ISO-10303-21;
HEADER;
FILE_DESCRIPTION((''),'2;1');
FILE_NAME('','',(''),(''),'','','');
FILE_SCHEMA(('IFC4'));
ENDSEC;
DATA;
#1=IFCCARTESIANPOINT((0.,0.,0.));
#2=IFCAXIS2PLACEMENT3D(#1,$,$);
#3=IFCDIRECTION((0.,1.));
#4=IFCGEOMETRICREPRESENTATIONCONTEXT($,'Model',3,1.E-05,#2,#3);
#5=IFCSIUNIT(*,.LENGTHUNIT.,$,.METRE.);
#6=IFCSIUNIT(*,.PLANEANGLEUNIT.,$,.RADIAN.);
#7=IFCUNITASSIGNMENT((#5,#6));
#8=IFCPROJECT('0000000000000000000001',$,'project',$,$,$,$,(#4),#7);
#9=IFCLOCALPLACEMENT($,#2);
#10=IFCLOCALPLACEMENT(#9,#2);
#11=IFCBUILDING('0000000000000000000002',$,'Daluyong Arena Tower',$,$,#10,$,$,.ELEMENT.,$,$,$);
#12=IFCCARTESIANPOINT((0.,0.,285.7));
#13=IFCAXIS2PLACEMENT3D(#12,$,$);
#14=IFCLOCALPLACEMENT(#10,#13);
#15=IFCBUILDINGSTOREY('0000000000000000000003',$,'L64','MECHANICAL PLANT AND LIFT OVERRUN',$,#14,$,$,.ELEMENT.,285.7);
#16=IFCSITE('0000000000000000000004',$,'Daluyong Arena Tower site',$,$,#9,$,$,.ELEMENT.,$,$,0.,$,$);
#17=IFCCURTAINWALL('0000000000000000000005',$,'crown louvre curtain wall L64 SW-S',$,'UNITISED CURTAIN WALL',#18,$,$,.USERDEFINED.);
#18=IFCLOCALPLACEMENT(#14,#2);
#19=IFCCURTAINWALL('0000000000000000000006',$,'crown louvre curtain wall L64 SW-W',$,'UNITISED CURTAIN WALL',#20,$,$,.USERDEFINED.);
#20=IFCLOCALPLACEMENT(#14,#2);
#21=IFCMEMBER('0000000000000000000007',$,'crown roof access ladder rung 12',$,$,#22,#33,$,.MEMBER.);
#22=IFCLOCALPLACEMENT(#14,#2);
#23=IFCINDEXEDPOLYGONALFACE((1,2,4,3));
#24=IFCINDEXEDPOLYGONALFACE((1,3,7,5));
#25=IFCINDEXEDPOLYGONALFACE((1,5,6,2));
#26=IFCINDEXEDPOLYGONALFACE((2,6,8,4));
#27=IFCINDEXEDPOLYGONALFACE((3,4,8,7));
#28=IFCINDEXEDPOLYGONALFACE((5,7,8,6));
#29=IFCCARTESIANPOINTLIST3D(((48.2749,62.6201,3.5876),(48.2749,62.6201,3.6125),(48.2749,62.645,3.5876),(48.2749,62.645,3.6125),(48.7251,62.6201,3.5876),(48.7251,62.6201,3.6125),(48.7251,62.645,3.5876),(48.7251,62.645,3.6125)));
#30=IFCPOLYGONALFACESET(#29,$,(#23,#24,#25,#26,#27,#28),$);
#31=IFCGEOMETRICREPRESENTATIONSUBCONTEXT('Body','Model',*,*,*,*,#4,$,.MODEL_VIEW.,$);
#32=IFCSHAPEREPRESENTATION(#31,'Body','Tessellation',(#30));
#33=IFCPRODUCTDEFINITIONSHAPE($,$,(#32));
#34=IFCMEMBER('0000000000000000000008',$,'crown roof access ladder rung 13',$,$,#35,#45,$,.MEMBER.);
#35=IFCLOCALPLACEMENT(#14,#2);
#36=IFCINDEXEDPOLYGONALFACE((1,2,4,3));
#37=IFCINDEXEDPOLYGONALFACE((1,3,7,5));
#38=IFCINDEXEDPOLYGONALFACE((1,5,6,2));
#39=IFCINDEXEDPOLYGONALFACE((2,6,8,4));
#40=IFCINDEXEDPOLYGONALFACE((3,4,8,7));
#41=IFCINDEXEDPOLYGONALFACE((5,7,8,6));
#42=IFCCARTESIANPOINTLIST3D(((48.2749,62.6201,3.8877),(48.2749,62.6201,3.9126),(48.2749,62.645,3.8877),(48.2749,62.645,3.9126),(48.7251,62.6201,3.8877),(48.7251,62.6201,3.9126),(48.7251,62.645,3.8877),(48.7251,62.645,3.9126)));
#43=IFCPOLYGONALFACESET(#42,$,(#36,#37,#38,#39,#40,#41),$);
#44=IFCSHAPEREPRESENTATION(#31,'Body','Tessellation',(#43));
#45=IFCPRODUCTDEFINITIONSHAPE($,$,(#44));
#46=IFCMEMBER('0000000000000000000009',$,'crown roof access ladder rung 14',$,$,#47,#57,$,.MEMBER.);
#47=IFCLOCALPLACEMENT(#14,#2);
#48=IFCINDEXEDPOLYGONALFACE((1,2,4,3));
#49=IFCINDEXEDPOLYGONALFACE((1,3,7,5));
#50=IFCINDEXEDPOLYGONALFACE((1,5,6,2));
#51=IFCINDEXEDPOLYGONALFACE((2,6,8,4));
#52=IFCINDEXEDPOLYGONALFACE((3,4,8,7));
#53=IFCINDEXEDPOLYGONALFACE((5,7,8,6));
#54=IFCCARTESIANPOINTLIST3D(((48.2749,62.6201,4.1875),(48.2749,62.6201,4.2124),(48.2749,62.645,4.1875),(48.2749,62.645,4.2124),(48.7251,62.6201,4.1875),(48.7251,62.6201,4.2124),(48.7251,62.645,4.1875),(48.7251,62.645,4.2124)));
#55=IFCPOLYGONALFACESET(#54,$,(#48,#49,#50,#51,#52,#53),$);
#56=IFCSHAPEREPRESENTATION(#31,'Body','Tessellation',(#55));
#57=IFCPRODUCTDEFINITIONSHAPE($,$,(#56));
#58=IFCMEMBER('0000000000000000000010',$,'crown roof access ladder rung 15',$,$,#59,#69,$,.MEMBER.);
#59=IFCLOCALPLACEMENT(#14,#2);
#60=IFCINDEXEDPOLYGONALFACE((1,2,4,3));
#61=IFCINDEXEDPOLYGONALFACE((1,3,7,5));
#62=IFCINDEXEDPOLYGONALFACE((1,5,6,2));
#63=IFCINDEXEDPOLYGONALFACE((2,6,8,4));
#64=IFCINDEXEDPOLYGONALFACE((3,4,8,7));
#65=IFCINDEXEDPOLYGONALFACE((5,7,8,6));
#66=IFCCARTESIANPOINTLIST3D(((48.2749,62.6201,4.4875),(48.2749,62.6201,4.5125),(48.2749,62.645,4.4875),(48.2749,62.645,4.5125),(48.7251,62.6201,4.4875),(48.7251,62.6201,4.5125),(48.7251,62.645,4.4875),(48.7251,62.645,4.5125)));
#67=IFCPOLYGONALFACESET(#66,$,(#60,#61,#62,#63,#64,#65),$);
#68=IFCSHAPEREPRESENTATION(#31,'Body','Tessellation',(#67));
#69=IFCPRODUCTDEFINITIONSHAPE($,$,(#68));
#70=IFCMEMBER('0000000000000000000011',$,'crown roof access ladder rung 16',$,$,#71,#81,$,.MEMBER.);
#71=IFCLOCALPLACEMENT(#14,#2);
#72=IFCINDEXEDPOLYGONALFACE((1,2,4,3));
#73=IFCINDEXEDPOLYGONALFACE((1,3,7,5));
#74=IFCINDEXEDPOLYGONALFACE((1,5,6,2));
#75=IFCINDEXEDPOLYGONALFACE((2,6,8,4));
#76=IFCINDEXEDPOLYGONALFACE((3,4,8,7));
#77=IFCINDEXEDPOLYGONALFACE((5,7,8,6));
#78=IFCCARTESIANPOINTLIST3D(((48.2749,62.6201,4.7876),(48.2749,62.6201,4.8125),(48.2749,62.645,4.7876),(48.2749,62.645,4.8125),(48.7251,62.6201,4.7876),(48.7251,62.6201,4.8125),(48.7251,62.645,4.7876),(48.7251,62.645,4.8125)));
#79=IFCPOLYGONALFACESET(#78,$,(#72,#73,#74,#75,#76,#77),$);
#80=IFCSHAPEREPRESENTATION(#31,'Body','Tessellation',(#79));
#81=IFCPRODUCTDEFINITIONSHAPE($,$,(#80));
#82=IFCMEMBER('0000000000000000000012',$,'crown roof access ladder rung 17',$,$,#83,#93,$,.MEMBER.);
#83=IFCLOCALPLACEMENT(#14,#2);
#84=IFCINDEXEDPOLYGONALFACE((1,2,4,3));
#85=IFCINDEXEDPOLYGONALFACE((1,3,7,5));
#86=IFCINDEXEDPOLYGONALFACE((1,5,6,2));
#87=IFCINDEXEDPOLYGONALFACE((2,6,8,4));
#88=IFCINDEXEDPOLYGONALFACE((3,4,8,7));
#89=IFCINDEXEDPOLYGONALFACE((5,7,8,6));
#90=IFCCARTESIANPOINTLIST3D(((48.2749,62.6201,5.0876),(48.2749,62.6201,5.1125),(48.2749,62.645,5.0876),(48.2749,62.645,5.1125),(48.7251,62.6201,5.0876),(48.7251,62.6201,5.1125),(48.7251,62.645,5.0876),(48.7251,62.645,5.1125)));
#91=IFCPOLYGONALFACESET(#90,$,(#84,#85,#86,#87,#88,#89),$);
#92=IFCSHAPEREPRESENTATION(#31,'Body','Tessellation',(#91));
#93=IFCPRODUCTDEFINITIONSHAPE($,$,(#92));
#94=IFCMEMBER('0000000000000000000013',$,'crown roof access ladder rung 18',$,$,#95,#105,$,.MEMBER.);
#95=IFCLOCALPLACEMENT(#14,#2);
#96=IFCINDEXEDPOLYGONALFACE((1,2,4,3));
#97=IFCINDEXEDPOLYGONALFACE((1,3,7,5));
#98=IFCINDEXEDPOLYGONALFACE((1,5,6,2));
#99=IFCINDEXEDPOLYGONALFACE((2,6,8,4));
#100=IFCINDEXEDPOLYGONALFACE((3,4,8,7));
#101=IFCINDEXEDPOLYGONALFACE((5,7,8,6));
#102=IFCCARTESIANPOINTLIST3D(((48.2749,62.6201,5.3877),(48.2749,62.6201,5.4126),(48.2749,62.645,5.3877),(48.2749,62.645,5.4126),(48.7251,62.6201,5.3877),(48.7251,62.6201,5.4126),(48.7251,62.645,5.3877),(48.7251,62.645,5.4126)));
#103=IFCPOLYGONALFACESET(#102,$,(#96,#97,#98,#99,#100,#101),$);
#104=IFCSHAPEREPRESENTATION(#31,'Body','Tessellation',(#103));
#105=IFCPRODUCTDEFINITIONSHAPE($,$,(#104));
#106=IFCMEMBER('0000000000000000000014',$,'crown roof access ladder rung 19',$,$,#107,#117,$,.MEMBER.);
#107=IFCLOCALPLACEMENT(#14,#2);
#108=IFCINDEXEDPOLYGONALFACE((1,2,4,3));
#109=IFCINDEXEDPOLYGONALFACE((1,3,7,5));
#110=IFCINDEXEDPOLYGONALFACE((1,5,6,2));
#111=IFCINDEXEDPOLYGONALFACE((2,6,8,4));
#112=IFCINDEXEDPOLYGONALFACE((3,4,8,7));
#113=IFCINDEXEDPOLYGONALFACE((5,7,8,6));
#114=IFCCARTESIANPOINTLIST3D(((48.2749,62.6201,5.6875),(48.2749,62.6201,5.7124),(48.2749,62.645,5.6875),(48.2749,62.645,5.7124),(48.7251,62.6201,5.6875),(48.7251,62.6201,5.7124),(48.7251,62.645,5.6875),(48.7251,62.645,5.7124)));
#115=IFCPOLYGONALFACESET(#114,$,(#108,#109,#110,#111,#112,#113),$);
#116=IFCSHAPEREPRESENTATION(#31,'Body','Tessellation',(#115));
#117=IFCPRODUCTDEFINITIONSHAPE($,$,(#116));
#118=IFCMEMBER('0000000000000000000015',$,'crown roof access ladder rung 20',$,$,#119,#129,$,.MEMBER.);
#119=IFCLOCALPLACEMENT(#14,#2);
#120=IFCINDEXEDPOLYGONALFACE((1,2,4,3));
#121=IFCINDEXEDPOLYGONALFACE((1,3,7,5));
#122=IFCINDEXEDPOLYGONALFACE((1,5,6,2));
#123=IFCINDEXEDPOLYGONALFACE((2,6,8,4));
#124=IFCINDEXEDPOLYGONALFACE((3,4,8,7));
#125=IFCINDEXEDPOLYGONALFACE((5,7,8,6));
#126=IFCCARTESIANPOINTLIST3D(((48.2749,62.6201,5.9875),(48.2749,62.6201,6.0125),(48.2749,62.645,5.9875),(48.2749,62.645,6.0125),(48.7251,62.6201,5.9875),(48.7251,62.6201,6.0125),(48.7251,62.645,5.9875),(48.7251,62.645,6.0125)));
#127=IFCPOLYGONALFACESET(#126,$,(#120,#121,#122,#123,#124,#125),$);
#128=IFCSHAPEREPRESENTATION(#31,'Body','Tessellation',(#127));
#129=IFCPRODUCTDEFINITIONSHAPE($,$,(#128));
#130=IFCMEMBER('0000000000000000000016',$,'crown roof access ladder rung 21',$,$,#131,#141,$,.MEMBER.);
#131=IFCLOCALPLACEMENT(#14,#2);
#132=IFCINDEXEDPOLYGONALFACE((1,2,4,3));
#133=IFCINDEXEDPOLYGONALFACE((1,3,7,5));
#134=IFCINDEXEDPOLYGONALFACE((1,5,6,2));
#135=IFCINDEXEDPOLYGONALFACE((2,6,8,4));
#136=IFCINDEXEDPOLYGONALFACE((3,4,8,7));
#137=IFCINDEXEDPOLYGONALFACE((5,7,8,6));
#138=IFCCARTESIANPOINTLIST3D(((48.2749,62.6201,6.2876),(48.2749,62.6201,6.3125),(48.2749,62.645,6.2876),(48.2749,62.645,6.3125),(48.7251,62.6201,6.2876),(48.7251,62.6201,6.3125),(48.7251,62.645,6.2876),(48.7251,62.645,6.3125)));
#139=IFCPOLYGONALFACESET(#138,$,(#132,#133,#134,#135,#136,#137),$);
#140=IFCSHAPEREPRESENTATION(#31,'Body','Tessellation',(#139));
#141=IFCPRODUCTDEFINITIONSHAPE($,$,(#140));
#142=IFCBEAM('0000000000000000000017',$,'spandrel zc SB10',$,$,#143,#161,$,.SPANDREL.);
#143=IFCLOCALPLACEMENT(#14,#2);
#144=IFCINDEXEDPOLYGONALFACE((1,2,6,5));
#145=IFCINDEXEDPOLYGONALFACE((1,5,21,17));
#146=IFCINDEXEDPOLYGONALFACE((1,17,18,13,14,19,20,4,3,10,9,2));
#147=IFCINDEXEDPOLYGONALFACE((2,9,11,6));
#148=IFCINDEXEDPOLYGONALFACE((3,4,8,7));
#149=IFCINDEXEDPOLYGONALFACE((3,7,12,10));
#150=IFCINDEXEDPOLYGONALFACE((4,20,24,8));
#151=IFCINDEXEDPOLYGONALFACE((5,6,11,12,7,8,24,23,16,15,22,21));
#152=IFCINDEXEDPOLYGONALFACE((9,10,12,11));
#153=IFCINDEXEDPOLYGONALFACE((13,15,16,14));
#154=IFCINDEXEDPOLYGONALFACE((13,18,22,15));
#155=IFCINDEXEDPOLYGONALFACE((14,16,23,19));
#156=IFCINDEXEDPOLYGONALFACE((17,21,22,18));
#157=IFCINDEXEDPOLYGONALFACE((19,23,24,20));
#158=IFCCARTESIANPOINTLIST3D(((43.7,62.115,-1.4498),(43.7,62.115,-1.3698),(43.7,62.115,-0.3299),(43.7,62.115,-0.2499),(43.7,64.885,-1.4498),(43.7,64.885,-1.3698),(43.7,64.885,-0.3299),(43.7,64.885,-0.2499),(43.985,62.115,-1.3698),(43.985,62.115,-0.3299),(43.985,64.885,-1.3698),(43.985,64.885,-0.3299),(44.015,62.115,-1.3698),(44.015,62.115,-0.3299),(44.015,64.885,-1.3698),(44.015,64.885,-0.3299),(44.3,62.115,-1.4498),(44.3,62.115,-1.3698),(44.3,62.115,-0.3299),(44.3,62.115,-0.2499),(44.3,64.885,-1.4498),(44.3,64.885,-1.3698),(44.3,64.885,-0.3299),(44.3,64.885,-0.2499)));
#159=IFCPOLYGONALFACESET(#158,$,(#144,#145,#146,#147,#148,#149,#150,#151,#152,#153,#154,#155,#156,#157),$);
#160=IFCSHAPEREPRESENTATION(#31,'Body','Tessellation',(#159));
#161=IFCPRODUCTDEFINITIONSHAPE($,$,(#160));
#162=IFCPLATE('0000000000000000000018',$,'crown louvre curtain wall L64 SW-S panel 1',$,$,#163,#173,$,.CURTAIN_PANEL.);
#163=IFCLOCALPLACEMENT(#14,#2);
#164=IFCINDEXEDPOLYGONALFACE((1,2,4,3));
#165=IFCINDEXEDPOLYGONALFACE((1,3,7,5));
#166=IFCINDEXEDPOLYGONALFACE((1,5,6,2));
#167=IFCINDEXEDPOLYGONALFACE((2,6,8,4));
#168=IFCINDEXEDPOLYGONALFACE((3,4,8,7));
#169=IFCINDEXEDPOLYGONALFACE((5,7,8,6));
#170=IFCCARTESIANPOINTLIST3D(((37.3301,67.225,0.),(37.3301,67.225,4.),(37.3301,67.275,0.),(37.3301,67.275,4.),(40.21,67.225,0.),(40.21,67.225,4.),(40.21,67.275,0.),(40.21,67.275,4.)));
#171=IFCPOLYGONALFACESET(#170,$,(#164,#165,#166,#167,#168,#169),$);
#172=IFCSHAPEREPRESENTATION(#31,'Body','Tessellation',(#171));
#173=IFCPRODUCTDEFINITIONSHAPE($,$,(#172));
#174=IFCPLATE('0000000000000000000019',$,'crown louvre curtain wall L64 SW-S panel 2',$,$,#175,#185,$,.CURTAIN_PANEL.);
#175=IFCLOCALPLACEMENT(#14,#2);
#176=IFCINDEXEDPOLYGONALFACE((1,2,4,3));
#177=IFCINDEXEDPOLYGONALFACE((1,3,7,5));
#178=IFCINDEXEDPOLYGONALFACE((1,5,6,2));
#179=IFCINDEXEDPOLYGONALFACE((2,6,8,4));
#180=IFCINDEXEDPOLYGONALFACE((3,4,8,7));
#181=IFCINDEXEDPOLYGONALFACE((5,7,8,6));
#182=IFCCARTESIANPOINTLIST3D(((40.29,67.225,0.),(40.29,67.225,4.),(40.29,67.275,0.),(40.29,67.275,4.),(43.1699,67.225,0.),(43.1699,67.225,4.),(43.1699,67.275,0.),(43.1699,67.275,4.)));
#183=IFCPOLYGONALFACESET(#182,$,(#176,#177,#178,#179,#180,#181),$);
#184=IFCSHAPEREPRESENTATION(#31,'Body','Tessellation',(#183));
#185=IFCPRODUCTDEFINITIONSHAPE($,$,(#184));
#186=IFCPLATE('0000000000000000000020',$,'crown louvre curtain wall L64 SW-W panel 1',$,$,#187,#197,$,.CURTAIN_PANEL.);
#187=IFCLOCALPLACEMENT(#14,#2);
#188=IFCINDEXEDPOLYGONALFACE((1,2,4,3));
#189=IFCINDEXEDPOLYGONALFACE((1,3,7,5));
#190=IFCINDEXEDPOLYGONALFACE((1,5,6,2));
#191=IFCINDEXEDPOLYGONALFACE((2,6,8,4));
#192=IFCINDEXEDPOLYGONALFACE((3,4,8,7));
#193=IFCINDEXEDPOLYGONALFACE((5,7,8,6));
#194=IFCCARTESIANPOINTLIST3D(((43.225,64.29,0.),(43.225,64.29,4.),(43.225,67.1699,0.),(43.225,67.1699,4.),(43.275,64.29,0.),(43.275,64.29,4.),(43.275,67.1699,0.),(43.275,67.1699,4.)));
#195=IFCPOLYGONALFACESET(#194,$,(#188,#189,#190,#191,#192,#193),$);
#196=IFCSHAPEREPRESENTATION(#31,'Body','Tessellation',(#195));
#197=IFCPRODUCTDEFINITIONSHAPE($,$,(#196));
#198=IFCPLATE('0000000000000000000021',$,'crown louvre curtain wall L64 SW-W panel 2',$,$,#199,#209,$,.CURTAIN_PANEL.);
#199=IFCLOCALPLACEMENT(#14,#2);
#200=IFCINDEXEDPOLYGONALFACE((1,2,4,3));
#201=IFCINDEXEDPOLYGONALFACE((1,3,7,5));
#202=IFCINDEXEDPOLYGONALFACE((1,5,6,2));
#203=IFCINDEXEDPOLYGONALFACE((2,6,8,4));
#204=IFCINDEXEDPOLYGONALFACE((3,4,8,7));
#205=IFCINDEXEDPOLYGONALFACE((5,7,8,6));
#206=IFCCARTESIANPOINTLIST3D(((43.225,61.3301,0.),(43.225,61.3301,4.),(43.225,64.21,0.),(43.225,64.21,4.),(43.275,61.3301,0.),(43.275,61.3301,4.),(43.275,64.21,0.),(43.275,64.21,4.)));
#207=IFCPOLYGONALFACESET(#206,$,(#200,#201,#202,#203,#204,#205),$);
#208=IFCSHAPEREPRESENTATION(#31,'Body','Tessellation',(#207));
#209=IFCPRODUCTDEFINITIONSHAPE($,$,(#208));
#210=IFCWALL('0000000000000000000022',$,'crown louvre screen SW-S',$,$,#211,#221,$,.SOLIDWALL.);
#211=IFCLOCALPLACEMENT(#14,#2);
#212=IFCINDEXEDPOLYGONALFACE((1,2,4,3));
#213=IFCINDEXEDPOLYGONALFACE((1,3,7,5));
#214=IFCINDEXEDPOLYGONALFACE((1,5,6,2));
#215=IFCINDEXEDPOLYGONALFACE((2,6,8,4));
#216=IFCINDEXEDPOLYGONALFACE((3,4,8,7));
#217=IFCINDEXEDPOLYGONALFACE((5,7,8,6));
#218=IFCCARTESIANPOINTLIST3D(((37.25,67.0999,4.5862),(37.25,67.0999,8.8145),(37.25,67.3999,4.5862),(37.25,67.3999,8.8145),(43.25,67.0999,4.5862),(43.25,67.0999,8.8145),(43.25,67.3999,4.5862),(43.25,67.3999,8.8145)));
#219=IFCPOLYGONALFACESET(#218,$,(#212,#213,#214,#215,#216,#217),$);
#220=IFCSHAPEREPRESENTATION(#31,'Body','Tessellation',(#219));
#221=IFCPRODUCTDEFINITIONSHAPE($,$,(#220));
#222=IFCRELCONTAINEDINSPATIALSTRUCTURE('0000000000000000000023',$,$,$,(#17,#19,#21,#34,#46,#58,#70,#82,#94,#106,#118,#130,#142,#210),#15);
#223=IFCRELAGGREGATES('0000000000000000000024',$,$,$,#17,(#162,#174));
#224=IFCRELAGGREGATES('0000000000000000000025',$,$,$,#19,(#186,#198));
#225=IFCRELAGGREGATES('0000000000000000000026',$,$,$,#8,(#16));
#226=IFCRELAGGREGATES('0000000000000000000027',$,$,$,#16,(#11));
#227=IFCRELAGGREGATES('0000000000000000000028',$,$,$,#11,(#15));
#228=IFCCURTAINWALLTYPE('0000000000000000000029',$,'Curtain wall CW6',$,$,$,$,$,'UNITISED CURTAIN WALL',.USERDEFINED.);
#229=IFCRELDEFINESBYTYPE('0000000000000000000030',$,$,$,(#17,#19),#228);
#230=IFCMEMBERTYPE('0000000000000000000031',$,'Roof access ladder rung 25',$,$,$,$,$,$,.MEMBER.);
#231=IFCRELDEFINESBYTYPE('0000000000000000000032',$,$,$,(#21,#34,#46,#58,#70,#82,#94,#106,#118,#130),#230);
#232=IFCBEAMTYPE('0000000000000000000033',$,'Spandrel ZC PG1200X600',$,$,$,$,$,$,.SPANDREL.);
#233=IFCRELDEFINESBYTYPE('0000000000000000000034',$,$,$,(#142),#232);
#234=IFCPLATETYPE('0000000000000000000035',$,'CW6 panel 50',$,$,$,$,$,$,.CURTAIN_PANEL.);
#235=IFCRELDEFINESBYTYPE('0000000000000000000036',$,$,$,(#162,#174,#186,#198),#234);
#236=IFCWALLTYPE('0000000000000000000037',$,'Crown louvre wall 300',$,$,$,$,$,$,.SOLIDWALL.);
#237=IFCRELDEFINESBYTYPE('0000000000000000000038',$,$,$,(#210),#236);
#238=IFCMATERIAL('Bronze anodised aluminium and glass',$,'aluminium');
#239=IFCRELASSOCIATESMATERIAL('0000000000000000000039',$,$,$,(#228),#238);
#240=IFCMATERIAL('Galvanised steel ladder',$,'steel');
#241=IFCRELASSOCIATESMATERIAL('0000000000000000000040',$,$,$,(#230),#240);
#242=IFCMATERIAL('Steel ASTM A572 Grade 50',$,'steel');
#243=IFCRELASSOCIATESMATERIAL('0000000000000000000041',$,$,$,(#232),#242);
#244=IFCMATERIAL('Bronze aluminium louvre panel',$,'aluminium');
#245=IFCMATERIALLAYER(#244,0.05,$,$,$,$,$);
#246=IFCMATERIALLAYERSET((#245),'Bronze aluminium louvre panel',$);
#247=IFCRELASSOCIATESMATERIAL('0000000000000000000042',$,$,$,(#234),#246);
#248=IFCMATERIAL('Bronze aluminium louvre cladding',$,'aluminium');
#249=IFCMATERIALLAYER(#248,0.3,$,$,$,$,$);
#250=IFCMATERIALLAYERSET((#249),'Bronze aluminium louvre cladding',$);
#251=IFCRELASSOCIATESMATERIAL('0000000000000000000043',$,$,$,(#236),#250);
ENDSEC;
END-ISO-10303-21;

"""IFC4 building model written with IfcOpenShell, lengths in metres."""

from ifc_helpers import new_model, si_unit, direction, frame, origin, origin_2d, place, context, subcontext, project, spatial, polyline, rectangle, i_section, outline, extrude, material, layer, layer_set, material_profile, profile_set, type_object, element, aggregate, save


model = new_model("IFC4")

# Units and contexts
model_context = context("Model", 3, precision=1e-05, world=origin(), true_north=direction((0.0, 1.0)))
body_context = subcontext(model_context, "Body", "Model", "MODEL_VIEW")
ifc_project = project(units=[si_unit("LENGTHUNIT", "METRE"), si_unit("PLANEANGLEUNIT", "RADIAN")], contexts=[model_context])

# Site, building, storey
site_placement = place(None, origin())
site = spatial("IfcSite", under=ifc_project, at=site_placement, Name="Daluyong Arena Tower site", CompositionType="ELEMENT", RefElevation=0.0)
building_placement = place(site_placement, origin())
building = spatial("IfcBuilding", under=site, at=building_placement, Name="Daluyong Arena Tower", CompositionType="ELEMENT")
storey_placement = place(building_placement, frame((0.0, 0.0, 285.7)))
storey = spatial("IfcBuildingStorey", under=building, at=storey_placement, Name="L64", Description="MECHANICAL PLANT AND LIFT OVERRUN", CompositionType="ELEMENT", Elevation=285.7)

# Shared definitions
ifc_material_1 = material(Name="Bronze anodised aluminium and glass", Category="aluminium")
curtain_wall_type = type_object("IfcCurtainWallType", Name="Curtain wall CW6", ElementType="UNITISED CURTAIN WALL", PredefinedType="USERDEFINED", material=ifc_material_1)

# Curtain walls
curtain_wall_1_placement = place(storey_placement, origin())
curtain_wall_1 = element("IfcCurtainWall", 1, at=curtain_wall_1_placement, inside=storey, type_object=curtain_wall_type, Name="crown louvre curtain wall L64 SW-S", ObjectType="UNITISED CURTAIN WALL", PredefinedType="USERDEFINED")
curtain_wall_2_placement = place(storey_placement, origin())
curtain_wall_2 = element("IfcCurtainWall", 2, at=curtain_wall_2_placement, inside=storey, type_object=curtain_wall_type, Name="crown louvre curtain wall L64 SW-W", ObjectType="UNITISED CURTAIN WALL", PredefinedType="USERDEFINED")

# Members
ifc_material_2 = material(Name="Galvanised steel ladder", Category="steel")
ifc_material_profile_1 = material_profile(ifc_material_2, rectangle(XDim=0.0249, YDim=0.0249, at=origin_2d()))
ifc_profile_set_1 = profile_set([ifc_material_profile_1], Name="Galvanised steel ladder")
member_type_1 = type_object("IfcMemberType", Name="Roof access ladder rung 25", PredefinedType="MEMBER", material=ifc_profile_set_1)
for number, where, z_axis, x_axis, name in (
    (3, (48.2749, 62.6326, 3.6001), (1.0, 0.0, 0.0), (0.0, 1.0, 0.0), "crown roof access ladder rung 12"),
    (4, (48.2749, 62.6326, 3.9001), (1.0, 0.0, 0.0), (0.0, 1.0, 0.0), "crown roof access ladder rung 13"),
    (5, (48.2749, 62.6326, 4.2), (1.0, 0.0, 0.0), (0.0, 1.0, 0.0), "crown roof access ladder rung 14"),
    (6, (48.2749, 62.6326, 4.5), (1.0, 0.0, 0.0), (0.0, 1.0, 0.0), "crown roof access ladder rung 15"),
    (7, (48.2749, 62.6326, 4.8), (1.0, 0.0, 0.0), (0.0, 1.0, 0.0), "crown roof access ladder rung 16"),
    (8, (48.2749, 62.6326, 5.1001), (1.0, 0.0, 0.0), (0.0, 1.0, 0.0), "crown roof access ladder rung 17"),
    (9, (48.2749, 62.6326, 5.4001), (1.0, 0.0, 0.0), (0.0, 1.0, 0.0), "crown roof access ladder rung 18"),
    (10, (48.2749, 62.6326, 5.7), (1.0, 0.0, 0.0), (0.0, 1.0, 0.0), "crown roof access ladder rung 19"),
    (11, (48.2749, 62.6326, 6.0), (1.0, 0.0, 0.0), (0.0, 1.0, 0.0), "crown roof access ladder rung 20"),
    (12, (48.2749, 62.6326, 6.3), (1.0, 0.0, 0.0), (0.0, 1.0, 0.0), "crown roof access ladder rung 21"),
):
    element("IfcMember", number, at=place(storey_placement, frame(where, z_axis=z_axis, x_axis=x_axis)), inside=storey, type_object=member_type_1, Name=name, PredefinedType="MEMBER", context=body_context, shape_type="SweptSolid", body=[
        extrude(rectangle(XDim=0.0249, YDim=0.0249, at=origin_2d()), origin(), (0.0, 0.0, 1.0), 0.4502),
    ])

# Beam
ifc_material_3 = material(Name="Steel ASTM A572 Grade 50", Category="steel")
ifc_material_profile_2 = material_profile(ifc_material_3, i_section(OverallWidth=0.6001, OverallDepth=1.2, WebThickness=0.03, FlangeThickness=0.08, at=origin_2d()))
ifc_profile_set_2 = profile_set([ifc_material_profile_2], Name="Steel ASTM A572 Grade 50")
beam_type_1 = type_object("IfcBeamType", Name="Spandrel ZC PG1200X600", PredefinedType="SPANDREL", material=ifc_profile_set_2)
beam_1_placement = place(storey_placement, frame((44.0, 64.885, -0.8499), z_axis=(0.0, -1.0, 0.0), x_axis=(1.0, 0.0, 0.0)))
element("IfcBeam", 13, at=beam_1_placement, inside=storey, type_object=beam_type_1, Name="spandrel zc SB10", PredefinedType="SPANDREL", context=body_context, shape_type="SweptSolid", body=[
    extrude(i_section(OverallWidth=0.6001, OverallDepth=1.2, WebThickness=0.03, FlangeThickness=0.08, at=origin_2d()), origin(), (0.0, 0.0, 1.0), 2.77),
])

# Plates
ifc_material_4 = material(Name="Bronze aluminium louvre panel", Category="aluminium")
ifc_layer_1 = layer(ifc_material_4, 0.05)
ifc_layer_set_1 = layer_set([ifc_layer_1], Name="Bronze aluminium louvre panel")
plate_type = type_object("IfcPlateType", Name="CW6 panel 50", PredefinedType="CURTAIN_PANEL", material=ifc_layer_set_1)
plate_1_placement = place(storey_placement, frame((38.77, 67.25, 0.0), z_axis=(0.0, 0.0, 1.0), x_axis=(1.0, 0.0, 0.0)))
plate_1 = element("IfcPlate", 14, at=plate_1_placement, type_object=plate_type, Name="crown louvre curtain wall L64 SW-S panel 1", PredefinedType="CURTAIN_PANEL", context=body_context, shape_type="SweptSolid", body=[
    extrude(rectangle(XDim=2.8799, YDim=0.05, at=origin_2d()), origin(), (0.0, 0.0, 1.0), 4.0),
])
plate_2_placement = place(storey_placement, frame((41.73, 67.25, 0.0), z_axis=(0.0, 0.0, 1.0), x_axis=(1.0, 0.0, 0.0)))
plate_2 = element("IfcPlate", 15, at=plate_2_placement, type_object=plate_type, Name="crown louvre curtain wall L64 SW-S panel 2", PredefinedType="CURTAIN_PANEL", context=body_context, shape_type="SweptSolid", body=[
    extrude(rectangle(XDim=2.8799, YDim=0.05, at=origin_2d()), origin(), (0.0, 0.0, 1.0), 4.0),
])
aggregate(curtain_wall_1, [plate_1, plate_2])
plate_3_placement = place(storey_placement, frame((43.25, 65.73, 0.0), z_axis=(0.0, 0.0, 1.0), x_axis=(0.0, -1.0, 0.0)))
plate_3 = element("IfcPlate", 16, at=plate_3_placement, type_object=plate_type, Name="crown louvre curtain wall L64 SW-W panel 1", PredefinedType="CURTAIN_PANEL", context=body_context, shape_type="SweptSolid", body=[
    extrude(rectangle(XDim=2.8799, YDim=0.05, at=origin_2d()), origin(), (0.0, 0.0, 1.0), 4.0),
])
plate_4_placement = place(storey_placement, frame((43.25, 62.77, 0.0), z_axis=(0.0, 0.0, 1.0), x_axis=(0.0, -1.0, 0.0)))
plate_4 = element("IfcPlate", 17, at=plate_4_placement, type_object=plate_type, Name="crown louvre curtain wall L64 SW-W panel 2", PredefinedType="CURTAIN_PANEL", context=body_context, shape_type="SweptSolid", body=[
    extrude(rectangle(XDim=2.8799, YDim=0.05, at=origin_2d()), origin(), (0.0, 0.0, 1.0), 4.0),
])
aggregate(curtain_wall_2, [plate_3, plate_4])

# Wall
ifc_material_5 = material(Name="Bronze aluminium louvre cladding", Category="aluminium")
ifc_layer_2 = layer(ifc_material_5, 0.3)
ifc_layer_set_2 = layer_set([ifc_layer_2], Name="Bronze aluminium louvre cladding")
wall_type = type_object("IfcWallType", Name="Crown louvre wall 300", PredefinedType="SOLIDWALL", material=ifc_layer_set_2)
wall_1_placement = place(storey_placement, frame((37.25, 67.25, 4.5862), z_axis=(0.0, 0.0, 1.0), x_axis=(1.0, 0.0, 0.0)))
element("IfcWall", 18, at=wall_1_placement, inside=storey, type_object=wall_type, Name="crown louvre screen SW-S", PredefinedType="SOLIDWALL", context=body_context, shape_type="SweptSolid", body=[
    extrude(outline(polyline([(0.0, 0.0), (6.0, 0.0), (6.0, 4.2283), (0.0, 4.2283), (0.0, 0.0)])), frame((0.0, 0.1499, 0.0), z_axis=(0.0, -1.0, 0.0), x_axis=(1.0, 0.0, 0.0)), (0.0, 0.0, 1.0), 0.3),
])

save(model, "model.ifc")
